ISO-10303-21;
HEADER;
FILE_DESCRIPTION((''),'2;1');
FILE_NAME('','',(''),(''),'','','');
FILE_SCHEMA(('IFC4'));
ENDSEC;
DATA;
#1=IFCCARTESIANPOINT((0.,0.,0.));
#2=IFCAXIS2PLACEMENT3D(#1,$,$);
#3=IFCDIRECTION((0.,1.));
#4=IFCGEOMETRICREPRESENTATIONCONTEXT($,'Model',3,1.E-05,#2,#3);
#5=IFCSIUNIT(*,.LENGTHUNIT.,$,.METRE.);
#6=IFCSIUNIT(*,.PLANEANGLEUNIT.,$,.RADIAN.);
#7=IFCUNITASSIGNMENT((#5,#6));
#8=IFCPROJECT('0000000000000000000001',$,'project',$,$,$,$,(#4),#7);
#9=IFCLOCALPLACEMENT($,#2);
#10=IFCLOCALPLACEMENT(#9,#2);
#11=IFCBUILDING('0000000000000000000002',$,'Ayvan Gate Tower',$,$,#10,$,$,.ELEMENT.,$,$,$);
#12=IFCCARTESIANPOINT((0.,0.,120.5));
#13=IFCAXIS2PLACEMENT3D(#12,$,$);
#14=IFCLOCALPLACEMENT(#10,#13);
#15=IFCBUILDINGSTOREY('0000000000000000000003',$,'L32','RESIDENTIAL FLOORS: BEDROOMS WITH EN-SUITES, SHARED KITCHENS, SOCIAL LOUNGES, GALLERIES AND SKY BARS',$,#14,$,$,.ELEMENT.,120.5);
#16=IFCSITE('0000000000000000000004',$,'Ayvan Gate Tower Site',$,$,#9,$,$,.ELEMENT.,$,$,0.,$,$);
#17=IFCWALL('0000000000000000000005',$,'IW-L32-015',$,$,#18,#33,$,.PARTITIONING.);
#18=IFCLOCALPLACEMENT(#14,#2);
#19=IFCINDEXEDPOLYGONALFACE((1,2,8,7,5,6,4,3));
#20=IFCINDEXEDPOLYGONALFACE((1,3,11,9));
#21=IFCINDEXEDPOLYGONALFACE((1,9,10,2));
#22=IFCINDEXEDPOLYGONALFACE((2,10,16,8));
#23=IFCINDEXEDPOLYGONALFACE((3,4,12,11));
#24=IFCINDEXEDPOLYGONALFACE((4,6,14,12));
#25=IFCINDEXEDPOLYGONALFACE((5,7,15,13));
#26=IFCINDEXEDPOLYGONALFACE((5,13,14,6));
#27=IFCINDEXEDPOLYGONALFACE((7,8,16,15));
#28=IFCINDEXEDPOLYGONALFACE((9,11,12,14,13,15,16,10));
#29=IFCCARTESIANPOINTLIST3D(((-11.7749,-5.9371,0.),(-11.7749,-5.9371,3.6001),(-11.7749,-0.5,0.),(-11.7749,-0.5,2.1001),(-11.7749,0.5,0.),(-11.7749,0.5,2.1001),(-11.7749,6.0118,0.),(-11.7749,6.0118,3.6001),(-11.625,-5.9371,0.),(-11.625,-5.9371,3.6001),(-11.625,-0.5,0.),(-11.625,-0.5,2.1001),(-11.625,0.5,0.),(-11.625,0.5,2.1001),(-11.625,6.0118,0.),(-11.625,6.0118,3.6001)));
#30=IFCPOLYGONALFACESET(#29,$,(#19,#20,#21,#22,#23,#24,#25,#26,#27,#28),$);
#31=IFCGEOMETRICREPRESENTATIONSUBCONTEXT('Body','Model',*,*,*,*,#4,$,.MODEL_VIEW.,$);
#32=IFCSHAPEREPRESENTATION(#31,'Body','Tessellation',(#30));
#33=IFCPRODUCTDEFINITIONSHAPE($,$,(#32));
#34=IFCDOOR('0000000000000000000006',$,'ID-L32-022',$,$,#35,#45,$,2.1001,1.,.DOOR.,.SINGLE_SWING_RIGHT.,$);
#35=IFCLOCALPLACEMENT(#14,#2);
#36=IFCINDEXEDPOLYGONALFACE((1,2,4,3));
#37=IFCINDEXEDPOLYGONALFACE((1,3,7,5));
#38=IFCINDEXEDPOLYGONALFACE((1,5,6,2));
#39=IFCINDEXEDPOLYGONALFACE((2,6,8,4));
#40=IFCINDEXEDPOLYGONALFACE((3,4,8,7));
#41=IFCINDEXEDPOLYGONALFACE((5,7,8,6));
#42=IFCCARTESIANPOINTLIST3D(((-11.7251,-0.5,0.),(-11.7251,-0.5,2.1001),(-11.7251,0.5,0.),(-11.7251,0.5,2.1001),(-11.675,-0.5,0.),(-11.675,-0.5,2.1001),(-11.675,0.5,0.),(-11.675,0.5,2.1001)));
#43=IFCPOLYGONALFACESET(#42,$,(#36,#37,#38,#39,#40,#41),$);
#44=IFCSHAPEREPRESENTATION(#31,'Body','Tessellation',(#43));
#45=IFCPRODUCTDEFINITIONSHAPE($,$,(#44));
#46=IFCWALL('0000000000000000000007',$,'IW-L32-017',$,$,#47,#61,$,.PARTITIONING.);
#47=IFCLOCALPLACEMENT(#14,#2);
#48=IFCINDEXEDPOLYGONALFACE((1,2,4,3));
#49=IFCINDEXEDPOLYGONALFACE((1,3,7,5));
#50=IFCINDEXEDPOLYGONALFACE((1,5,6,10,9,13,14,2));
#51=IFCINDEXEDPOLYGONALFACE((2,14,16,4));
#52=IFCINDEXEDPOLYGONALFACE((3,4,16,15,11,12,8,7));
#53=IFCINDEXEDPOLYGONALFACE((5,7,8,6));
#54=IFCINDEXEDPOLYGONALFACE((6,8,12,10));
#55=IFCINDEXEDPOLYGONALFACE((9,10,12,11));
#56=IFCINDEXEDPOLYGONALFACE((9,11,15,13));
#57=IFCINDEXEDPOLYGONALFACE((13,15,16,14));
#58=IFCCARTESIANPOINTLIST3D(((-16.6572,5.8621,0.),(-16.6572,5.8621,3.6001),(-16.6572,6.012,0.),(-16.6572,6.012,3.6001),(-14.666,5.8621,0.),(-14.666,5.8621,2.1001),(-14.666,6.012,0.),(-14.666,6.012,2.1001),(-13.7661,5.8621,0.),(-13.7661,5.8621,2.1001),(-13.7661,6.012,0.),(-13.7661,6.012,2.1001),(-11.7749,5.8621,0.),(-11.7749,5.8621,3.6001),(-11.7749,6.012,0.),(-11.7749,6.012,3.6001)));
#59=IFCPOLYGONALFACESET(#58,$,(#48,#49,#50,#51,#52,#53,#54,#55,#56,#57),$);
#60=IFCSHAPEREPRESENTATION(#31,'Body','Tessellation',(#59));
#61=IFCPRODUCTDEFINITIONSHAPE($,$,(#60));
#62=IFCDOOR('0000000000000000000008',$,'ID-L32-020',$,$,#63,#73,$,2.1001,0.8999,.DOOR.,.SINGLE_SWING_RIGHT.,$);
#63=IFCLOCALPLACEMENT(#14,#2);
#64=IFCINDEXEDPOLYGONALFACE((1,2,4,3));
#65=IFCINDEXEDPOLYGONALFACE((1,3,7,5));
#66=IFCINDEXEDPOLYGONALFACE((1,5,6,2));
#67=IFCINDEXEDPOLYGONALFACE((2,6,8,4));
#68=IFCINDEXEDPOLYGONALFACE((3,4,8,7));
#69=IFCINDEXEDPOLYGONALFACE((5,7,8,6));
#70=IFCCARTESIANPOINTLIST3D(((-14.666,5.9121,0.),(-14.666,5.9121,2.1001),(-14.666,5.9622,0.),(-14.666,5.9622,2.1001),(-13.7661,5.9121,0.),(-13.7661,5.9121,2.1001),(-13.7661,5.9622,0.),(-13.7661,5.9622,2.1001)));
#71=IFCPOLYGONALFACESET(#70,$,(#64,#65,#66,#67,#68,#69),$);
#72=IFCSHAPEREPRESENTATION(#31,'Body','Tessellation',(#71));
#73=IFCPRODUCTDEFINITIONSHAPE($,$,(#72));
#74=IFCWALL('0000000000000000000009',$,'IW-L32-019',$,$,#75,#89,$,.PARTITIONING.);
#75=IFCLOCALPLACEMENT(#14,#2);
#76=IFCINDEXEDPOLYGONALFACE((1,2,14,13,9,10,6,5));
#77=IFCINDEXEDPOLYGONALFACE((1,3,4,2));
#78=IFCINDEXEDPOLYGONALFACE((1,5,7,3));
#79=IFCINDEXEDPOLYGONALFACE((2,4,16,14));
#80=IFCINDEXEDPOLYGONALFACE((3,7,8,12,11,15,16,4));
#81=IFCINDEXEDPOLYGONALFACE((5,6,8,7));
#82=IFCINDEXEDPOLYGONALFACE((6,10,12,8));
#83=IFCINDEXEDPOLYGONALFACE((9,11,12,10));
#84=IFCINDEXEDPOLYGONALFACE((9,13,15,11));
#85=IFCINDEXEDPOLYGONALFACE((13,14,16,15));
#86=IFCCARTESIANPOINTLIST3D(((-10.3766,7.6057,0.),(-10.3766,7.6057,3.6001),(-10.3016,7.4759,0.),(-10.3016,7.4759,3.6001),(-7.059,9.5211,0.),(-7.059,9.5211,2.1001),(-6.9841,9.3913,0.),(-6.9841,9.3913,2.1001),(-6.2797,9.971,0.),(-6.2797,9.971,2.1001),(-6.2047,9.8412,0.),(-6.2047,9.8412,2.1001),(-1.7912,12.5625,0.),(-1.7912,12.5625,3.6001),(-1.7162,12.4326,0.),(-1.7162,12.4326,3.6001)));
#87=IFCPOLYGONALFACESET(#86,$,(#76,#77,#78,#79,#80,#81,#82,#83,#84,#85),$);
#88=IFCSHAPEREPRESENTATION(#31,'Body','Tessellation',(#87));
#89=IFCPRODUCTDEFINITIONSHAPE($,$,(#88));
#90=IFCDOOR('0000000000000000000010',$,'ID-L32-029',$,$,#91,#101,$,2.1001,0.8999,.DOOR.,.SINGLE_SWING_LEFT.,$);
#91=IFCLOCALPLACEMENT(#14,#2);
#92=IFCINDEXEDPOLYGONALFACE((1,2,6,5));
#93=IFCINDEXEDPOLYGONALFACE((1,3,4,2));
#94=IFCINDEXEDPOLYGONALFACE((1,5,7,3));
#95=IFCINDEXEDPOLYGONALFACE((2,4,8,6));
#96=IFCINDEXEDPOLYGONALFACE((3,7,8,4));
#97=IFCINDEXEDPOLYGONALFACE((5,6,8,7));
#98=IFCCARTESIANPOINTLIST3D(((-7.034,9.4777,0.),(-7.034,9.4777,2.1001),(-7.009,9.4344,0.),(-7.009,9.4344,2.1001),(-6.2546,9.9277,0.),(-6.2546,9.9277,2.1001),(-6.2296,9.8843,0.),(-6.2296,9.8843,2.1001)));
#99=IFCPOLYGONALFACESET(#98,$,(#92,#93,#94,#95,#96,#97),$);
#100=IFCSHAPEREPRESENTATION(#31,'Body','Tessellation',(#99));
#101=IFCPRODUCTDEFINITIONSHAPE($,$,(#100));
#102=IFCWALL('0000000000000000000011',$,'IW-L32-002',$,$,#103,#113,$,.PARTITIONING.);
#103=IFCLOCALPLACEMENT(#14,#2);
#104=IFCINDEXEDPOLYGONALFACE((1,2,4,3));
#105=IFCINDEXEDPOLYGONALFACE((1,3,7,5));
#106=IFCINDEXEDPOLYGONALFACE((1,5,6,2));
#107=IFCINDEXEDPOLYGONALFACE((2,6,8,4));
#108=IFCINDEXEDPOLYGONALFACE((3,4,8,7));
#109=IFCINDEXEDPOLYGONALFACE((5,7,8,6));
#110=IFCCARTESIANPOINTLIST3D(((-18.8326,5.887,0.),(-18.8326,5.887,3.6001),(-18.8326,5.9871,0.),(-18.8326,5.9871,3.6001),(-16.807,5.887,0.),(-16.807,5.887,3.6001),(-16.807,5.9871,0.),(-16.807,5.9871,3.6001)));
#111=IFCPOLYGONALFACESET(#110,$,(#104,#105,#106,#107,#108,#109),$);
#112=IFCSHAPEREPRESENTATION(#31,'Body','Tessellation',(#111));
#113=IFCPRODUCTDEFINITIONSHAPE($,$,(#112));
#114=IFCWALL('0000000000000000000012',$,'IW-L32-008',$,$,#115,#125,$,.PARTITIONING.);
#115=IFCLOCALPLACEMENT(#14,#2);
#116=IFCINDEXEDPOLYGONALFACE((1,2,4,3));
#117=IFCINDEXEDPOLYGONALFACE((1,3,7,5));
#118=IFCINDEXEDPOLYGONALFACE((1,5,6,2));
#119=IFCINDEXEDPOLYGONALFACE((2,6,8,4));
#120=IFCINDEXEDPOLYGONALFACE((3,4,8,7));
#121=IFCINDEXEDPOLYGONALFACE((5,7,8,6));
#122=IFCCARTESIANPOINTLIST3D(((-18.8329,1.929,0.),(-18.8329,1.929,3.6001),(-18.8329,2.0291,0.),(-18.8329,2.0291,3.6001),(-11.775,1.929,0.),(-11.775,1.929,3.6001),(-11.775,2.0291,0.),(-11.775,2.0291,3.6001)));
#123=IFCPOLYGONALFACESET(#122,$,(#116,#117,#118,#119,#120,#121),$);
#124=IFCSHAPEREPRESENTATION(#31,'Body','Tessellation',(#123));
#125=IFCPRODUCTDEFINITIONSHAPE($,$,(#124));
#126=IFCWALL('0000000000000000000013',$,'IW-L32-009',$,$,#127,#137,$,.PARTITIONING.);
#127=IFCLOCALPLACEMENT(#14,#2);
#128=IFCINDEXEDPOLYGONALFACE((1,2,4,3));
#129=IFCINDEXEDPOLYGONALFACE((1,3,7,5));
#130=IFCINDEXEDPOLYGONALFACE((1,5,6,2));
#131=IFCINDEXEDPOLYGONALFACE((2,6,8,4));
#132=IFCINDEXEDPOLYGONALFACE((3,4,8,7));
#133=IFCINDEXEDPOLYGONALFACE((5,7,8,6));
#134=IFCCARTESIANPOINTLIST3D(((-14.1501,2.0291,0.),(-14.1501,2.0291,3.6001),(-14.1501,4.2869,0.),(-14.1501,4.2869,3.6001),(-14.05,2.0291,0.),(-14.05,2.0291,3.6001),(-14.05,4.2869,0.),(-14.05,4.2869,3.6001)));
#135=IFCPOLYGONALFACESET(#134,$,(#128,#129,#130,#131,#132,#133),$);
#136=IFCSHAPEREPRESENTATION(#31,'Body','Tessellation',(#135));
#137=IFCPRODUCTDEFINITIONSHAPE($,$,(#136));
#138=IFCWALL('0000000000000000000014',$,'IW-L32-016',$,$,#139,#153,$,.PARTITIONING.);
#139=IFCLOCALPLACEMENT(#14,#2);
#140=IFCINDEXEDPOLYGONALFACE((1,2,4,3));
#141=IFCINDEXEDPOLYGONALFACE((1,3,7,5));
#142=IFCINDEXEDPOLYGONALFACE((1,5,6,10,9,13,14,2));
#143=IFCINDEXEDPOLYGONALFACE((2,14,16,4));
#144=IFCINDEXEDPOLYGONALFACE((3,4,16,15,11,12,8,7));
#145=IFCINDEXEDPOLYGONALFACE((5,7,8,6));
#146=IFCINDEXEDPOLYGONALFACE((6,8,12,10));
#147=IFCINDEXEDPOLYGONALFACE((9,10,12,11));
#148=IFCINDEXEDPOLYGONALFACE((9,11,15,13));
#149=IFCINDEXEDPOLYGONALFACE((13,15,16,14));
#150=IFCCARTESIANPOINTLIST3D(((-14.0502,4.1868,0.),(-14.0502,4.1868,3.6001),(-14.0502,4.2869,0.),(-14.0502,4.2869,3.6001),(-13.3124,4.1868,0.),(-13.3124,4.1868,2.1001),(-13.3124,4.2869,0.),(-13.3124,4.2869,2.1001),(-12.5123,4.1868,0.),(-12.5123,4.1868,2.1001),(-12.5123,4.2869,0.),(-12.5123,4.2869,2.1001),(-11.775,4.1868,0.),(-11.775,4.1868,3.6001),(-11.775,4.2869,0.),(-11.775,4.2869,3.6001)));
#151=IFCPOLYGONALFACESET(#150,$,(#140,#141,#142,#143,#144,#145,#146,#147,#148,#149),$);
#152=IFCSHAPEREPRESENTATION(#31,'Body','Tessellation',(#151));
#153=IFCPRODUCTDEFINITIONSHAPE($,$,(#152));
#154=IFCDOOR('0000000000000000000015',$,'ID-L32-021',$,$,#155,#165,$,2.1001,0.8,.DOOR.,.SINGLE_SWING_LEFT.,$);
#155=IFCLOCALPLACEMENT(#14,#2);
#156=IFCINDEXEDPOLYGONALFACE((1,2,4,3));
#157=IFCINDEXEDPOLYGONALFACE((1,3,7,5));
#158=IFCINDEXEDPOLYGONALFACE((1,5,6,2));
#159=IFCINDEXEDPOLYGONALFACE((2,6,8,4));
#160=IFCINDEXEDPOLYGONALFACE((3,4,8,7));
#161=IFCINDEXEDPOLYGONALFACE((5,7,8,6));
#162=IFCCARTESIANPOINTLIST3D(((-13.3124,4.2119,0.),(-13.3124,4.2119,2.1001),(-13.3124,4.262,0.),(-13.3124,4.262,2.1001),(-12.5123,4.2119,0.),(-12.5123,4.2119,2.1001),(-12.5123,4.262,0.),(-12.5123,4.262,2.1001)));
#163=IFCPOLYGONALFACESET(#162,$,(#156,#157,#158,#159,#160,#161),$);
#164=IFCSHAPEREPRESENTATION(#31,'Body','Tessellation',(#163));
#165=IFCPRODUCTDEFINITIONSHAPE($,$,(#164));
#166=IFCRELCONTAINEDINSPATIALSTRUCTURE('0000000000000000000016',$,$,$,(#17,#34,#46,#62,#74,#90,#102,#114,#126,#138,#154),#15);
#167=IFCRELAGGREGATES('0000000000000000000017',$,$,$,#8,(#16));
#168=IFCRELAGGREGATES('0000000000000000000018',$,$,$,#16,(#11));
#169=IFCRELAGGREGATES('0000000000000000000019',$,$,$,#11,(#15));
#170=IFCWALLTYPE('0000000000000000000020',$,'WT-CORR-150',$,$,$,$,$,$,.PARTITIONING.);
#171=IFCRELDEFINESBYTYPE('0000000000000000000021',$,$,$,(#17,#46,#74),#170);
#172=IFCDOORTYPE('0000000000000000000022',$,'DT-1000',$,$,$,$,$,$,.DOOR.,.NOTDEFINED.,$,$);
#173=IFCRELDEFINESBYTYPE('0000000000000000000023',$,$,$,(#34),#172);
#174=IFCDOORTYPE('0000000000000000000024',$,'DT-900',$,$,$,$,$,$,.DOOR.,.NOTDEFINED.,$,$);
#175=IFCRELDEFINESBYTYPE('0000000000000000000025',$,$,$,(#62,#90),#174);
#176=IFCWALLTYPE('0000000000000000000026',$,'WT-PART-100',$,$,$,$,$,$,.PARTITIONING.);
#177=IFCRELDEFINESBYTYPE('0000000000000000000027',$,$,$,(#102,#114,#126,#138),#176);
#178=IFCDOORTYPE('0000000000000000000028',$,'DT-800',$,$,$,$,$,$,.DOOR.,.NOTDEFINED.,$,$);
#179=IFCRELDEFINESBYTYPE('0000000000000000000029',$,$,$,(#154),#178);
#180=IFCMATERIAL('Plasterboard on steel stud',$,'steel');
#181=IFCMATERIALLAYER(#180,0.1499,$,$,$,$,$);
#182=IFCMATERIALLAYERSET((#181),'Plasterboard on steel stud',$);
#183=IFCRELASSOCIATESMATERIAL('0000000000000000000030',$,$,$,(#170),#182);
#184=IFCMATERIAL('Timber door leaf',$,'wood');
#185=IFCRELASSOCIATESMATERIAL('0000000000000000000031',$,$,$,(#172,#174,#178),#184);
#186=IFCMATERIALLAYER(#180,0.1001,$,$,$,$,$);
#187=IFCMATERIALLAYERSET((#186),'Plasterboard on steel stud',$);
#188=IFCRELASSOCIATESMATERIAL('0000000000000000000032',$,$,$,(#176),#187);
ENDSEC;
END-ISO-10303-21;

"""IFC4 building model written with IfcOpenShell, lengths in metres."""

from ifc_helpers import new_model, si_unit, direction, frame, frame_2d, origin, place, context, subcontext, project, spatial, rectangle, extrude, material, layer, layer_set, type_object, element, fill, save


model = new_model("IFC4")

# Units and contexts
model_context = context("Model", 3, precision=1e-05, world=origin(), true_north=direction((0.0, 1.0)))
body_context = subcontext(model_context, "Body", "Model", "MODEL_VIEW")
ifc_project = project(units=[si_unit("LENGTHUNIT", "METRE"), si_unit("PLANEANGLEUNIT", "RADIAN")], contexts=[model_context])

# Site, building, storey
site_placement = place(None, origin())
site = spatial("IfcSite", under=ifc_project, at=site_placement, Name="Ayvan Gate Tower Site", CompositionType="ELEMENT", RefElevation=0.0)
building_placement = place(site_placement, origin())
building = spatial("IfcBuilding", under=site, at=building_placement, Name="Ayvan Gate Tower", CompositionType="ELEMENT")
storey_placement = place(building_placement, frame((0.0, 0.0, 120.5)))
storey = spatial("IfcBuildingStorey", under=building, at=storey_placement, Name="L32", Description="RESIDENTIAL FLOORS: BEDROOMS WITH EN-SUITES, SHARED KITCHENS, SOCIAL LOUNGES, GALLERIES AND SKY BARS", CompositionType="ELEMENT", Elevation=120.5)

# Walls, openings, doors
ifc_material_1 = material(Name="Timber door leaf", Category="wood")
ifc_material_2 = material(Name="Plasterboard on steel stud", Category="steel")
ifc_layer_1 = layer(ifc_material_2, 0.1499)
ifc_layer_set_1 = layer_set([ifc_layer_1], Name="Plasterboard on steel stud")
wall_type_1 = type_object("IfcWallType", Name="WT-CORR-150", PredefinedType="PARTITIONING", material=ifc_layer_set_1)
door_type_1 = type_object("IfcDoorType", Name="DT-1000", OperationType="NOTDEFINED", PredefinedType="DOOR", material=ifc_material_1)
wall_1_placement = place(storey_placement, frame((-11.7, 6.012, 0.0), z_axis=(0.0, 0.0, 1.0), x_axis=(0.0, -1.0, 0.0)))
wall_1 = element("IfcWall", 1, at=wall_1_placement, inside=storey, type_object=wall_type_1, Name="IW-L32-015", PredefinedType="PARTITIONING", context=body_context, shape_type="SweptSolid", body=[
    extrude(rectangle(XDim=11.949, YDim=0.1499, at=frame_2d((5.9746, 0.0))), origin(), (0.0, 0.0, 1.0), 3.6001),
])
opening_1_placement = place(wall_1_placement, frame((5.512, 0.0, 0.0)))
opening_1 = element("IfcOpeningElement", 2, at=opening_1_placement, cuts=wall_1, PredefinedType="OPENING", context=body_context, shape_type="SweptSolid", body=[
    extrude(rectangle(XDim=1.0, YDim=2.1001, at=frame_2d((0.5, 1.05))), frame((0.0, 0.085, 0.0), z_axis=(0.0, -1.0, 0.0), x_axis=(1.0, 0.0, 0.0)), (0.0, 0.0, 1.0), 0.1699),
])
door_1_placement = place(opening_1_placement, origin())
door_1 = element("IfcDoor", 3, at=door_1_placement, inside=storey, type_object=door_type_1, Name="ID-L32-022", OperationType="SINGLE_SWING_RIGHT", OverallHeight=2.1001, OverallWidth=1.0, PredefinedType="DOOR", context=body_context, shape_type="SweptSolid", body=[
    extrude(rectangle(XDim=1.0, YDim=2.1001, at=frame_2d((0.5, 1.05))), frame((0.0, 0.0249, 0.0), z_axis=(0.0, -1.0, 0.0), x_axis=(1.0, 0.0, 0.0)), (0.0, 0.0, 1.0), 0.05),
])
fill(opening_1, door_1)
wall_2_placement = place(storey_placement, frame((-11.7749, 5.937, 0.0), z_axis=(0.0, 0.0, 1.0), x_axis=(-1.0, 0.0, 0.0)))
wall_2 = element("IfcWall", 4, at=wall_2_placement, inside=storey, type_object=wall_type_1, Name="IW-L32-017", PredefinedType="PARTITIONING", context=body_context, shape_type="SweptSolid", body=[
    extrude(rectangle(XDim=4.8823, YDim=0.1499, at=frame_2d((2.4412, 0.0))), origin(), (0.0, 0.0, 1.0), 3.6001),
])
opening_2_placement = place(wall_2_placement, frame((1.9912, 0.0, 0.0)))
opening_2 = element("IfcOpeningElement", 5, at=opening_2_placement, cuts=wall_2, PredefinedType="OPENING", context=body_context, shape_type="SweptSolid", body=[
    extrude(rectangle(XDim=0.8999, YDim=2.1001, at=frame_2d((0.45, 1.05))), frame((0.0, 0.085, 0.0), z_axis=(0.0, -1.0, 0.0), x_axis=(1.0, 0.0, 0.0)), (0.0, 0.0, 1.0), 0.1699),
])
door_type_2 = type_object("IfcDoorType", Name="DT-900", OperationType="NOTDEFINED", PredefinedType="DOOR", material=ifc_material_1)
door_2_placement = place(opening_2_placement, origin())
door_2 = element("IfcDoor", 6, at=door_2_placement, inside=storey, type_object=door_type_2, Name="ID-L32-020", OperationType="SINGLE_SWING_RIGHT", OverallHeight=2.1001, OverallWidth=0.8999, PredefinedType="DOOR", context=body_context, shape_type="SweptSolid", body=[
    extrude(rectangle(XDim=0.8999, YDim=2.1001, at=frame_2d((0.45, 1.05))), frame((0.0, 0.0249, 0.0), z_axis=(0.0, -1.0, 0.0), x_axis=(1.0, 0.0, 0.0)), (0.0, 0.0, 1.0), 0.05),
])
fill(opening_2, door_2)
wall_3_placement = place(storey_placement, frame((-10.3391, 7.5408, 0.0), z_axis=(0.0, 0.0, 1.0), x_axis=(0.866026, 0.499998, 0.0)))
wall_3 = element("IfcWall", 7, at=wall_3_placement, inside=storey, type_object=wall_type_1, Name="IW-L32-019", PredefinedType="PARTITIONING", context=body_context, shape_type="SweptSolid", body=[
    extrude(rectangle(XDim=9.9136, YDim=0.1499, at=frame_2d((4.9568, 0.0))), origin(), (0.0, 0.0, 1.0), 3.6001),
])
opening_3_placement = place(wall_3_placement, frame((3.8308, 0.0, 0.0)))
opening_3 = element("IfcOpeningElement", 8, at=opening_3_placement, cuts=wall_3, PredefinedType="OPENING", context=body_context, shape_type="SweptSolid", body=[
    extrude(rectangle(XDim=0.8999, YDim=2.1001, at=frame_2d((0.45, 1.05))), frame((0.0, 0.085, 0.0), z_axis=(0.0, -1.0, 0.0), x_axis=(1.0, 0.0, 0.0)), (0.0, 0.0, 1.0), 0.1699),
])
door_3_placement = place(opening_3_placement, origin())
door_3 = element("IfcDoor", 9, at=door_3_placement, inside=storey, type_object=door_type_2, Name="ID-L32-029", OperationType="SINGLE_SWING_LEFT", OverallHeight=2.1001, OverallWidth=0.8999, PredefinedType="DOOR", context=body_context, shape_type="SweptSolid", body=[
    extrude(rectangle(XDim=0.8999, YDim=2.1001, at=frame_2d((0.45, 1.05))), frame((0.0, 0.0249, 0.0), z_axis=(0.0, -1.0, 0.0), x_axis=(1.0, 0.0, 0.0)), (0.0, 0.0, 1.0), 0.05),
])
fill(opening_3, door_3)

# Walls
ifc_layer_2 = layer(ifc_material_2, 0.1001)
ifc_layer_set_2 = layer_set([ifc_layer_2], Name="Plasterboard on steel stud")
wall_type_2 = type_object("IfcWallType", Name="WT-PART-100", PredefinedType="PARTITIONING", material=ifc_layer_set_2)
wall_4_placement = place(storey_placement, frame((-16.8071, 5.937, 0.0), z_axis=(0.0, 0.0, 1.0), x_axis=(-1.0, 0.0, 0.0)))
element("IfcWall", 10, at=wall_4_placement, inside=storey, type_object=wall_type_2, Name="IW-L32-002", PredefinedType="PARTITIONING", context=body_context, shape_type="SweptSolid", body=[
    extrude(rectangle(XDim=2.0256, YDim=0.1001, at=frame_2d((1.0127, 0.0))), origin(), (0.0, 0.0, 1.0), 3.6001),
])
wall_5_placement = place(storey_placement, frame((-18.8328, 1.979, 0.0), z_axis=(0.0, 0.0, 1.0), x_axis=(1.0, 0.0, 0.0)))
element("IfcWall", 11, at=wall_5_placement, inside=storey, type_object=wall_type_2, Name="IW-L32-008", PredefinedType="PARTITIONING", context=body_context, shape_type="SweptSolid", body=[
    extrude(rectangle(XDim=7.0579, YDim=0.1001, at=frame_2d((3.5288, 0.0))), origin(), (0.0, 0.0, 1.0), 3.6001),
])
wall_6_placement = place(storey_placement, frame((-14.1001, 4.2869, 0.0), z_axis=(0.0, 0.0, 1.0), x_axis=(0.0, -1.0, 0.0)))
element("IfcWall", 12, at=wall_6_placement, inside=storey, type_object=wall_type_2, Name="IW-L32-009", PredefinedType="PARTITIONING", context=body_context, shape_type="SweptSolid", body=[
    extrude(rectangle(XDim=2.2578, YDim=0.1001, at=frame_2d((1.1289, 0.0))), origin(), (0.0, 0.0, 1.0), 3.6001),
])

# Wall, opening, door
wall_7_placement = place(storey_placement, frame((-11.7749, 4.2368, 0.0), z_axis=(0.0, 0.0, 1.0), x_axis=(-1.0, 0.0, 0.0)))
wall_7 = element("IfcWall", 13, at=wall_7_placement, inside=storey, type_object=wall_type_2, Name="IW-L32-016", PredefinedType="PARTITIONING", context=body_context, shape_type="SweptSolid", body=[
    extrude(rectangle(XDim=2.2751, YDim=0.1001, at=frame_2d((1.1377, 0.0))), origin(), (0.0, 0.0, 1.0), 3.6001),
])
opening_4_placement = place(wall_7_placement, frame((0.7375, 0.0, 0.0)))
opening_4 = element("IfcOpeningElement", 14, at=opening_4_placement, cuts=wall_7, PredefinedType="OPENING", context=body_context, shape_type="SweptSolid", body=[
    extrude(rectangle(XDim=0.8, YDim=2.1001, at=frame_2d((0.3999, 1.05))), frame((0.0, 0.0601, 0.0), z_axis=(0.0, -1.0, 0.0), x_axis=(1.0, 0.0, 0.0)), (0.0, 0.0, 1.0), 0.1201),
])
door_type_3 = type_object("IfcDoorType", Name="DT-800", OperationType="NOTDEFINED", PredefinedType="DOOR", material=ifc_material_1)
door_4_placement = place(opening_4_placement, origin())
door_4 = element("IfcDoor", 15, at=door_4_placement, inside=storey, type_object=door_type_3, Name="ID-L32-021", OperationType="SINGLE_SWING_LEFT", OverallHeight=2.1001, OverallWidth=0.8, PredefinedType="DOOR", context=body_context, shape_type="SweptSolid", body=[
    extrude(rectangle(XDim=0.8, YDim=2.1001, at=frame_2d((0.3999, 1.05))), frame((0.0, 0.0249, 0.0), z_axis=(0.0, -1.0, 0.0), x_axis=(1.0, 0.0, 0.0)), (0.0, 0.0, 1.0), 0.05),
])
fill(opening_4, door_4)

save(model, "model.ifc")
